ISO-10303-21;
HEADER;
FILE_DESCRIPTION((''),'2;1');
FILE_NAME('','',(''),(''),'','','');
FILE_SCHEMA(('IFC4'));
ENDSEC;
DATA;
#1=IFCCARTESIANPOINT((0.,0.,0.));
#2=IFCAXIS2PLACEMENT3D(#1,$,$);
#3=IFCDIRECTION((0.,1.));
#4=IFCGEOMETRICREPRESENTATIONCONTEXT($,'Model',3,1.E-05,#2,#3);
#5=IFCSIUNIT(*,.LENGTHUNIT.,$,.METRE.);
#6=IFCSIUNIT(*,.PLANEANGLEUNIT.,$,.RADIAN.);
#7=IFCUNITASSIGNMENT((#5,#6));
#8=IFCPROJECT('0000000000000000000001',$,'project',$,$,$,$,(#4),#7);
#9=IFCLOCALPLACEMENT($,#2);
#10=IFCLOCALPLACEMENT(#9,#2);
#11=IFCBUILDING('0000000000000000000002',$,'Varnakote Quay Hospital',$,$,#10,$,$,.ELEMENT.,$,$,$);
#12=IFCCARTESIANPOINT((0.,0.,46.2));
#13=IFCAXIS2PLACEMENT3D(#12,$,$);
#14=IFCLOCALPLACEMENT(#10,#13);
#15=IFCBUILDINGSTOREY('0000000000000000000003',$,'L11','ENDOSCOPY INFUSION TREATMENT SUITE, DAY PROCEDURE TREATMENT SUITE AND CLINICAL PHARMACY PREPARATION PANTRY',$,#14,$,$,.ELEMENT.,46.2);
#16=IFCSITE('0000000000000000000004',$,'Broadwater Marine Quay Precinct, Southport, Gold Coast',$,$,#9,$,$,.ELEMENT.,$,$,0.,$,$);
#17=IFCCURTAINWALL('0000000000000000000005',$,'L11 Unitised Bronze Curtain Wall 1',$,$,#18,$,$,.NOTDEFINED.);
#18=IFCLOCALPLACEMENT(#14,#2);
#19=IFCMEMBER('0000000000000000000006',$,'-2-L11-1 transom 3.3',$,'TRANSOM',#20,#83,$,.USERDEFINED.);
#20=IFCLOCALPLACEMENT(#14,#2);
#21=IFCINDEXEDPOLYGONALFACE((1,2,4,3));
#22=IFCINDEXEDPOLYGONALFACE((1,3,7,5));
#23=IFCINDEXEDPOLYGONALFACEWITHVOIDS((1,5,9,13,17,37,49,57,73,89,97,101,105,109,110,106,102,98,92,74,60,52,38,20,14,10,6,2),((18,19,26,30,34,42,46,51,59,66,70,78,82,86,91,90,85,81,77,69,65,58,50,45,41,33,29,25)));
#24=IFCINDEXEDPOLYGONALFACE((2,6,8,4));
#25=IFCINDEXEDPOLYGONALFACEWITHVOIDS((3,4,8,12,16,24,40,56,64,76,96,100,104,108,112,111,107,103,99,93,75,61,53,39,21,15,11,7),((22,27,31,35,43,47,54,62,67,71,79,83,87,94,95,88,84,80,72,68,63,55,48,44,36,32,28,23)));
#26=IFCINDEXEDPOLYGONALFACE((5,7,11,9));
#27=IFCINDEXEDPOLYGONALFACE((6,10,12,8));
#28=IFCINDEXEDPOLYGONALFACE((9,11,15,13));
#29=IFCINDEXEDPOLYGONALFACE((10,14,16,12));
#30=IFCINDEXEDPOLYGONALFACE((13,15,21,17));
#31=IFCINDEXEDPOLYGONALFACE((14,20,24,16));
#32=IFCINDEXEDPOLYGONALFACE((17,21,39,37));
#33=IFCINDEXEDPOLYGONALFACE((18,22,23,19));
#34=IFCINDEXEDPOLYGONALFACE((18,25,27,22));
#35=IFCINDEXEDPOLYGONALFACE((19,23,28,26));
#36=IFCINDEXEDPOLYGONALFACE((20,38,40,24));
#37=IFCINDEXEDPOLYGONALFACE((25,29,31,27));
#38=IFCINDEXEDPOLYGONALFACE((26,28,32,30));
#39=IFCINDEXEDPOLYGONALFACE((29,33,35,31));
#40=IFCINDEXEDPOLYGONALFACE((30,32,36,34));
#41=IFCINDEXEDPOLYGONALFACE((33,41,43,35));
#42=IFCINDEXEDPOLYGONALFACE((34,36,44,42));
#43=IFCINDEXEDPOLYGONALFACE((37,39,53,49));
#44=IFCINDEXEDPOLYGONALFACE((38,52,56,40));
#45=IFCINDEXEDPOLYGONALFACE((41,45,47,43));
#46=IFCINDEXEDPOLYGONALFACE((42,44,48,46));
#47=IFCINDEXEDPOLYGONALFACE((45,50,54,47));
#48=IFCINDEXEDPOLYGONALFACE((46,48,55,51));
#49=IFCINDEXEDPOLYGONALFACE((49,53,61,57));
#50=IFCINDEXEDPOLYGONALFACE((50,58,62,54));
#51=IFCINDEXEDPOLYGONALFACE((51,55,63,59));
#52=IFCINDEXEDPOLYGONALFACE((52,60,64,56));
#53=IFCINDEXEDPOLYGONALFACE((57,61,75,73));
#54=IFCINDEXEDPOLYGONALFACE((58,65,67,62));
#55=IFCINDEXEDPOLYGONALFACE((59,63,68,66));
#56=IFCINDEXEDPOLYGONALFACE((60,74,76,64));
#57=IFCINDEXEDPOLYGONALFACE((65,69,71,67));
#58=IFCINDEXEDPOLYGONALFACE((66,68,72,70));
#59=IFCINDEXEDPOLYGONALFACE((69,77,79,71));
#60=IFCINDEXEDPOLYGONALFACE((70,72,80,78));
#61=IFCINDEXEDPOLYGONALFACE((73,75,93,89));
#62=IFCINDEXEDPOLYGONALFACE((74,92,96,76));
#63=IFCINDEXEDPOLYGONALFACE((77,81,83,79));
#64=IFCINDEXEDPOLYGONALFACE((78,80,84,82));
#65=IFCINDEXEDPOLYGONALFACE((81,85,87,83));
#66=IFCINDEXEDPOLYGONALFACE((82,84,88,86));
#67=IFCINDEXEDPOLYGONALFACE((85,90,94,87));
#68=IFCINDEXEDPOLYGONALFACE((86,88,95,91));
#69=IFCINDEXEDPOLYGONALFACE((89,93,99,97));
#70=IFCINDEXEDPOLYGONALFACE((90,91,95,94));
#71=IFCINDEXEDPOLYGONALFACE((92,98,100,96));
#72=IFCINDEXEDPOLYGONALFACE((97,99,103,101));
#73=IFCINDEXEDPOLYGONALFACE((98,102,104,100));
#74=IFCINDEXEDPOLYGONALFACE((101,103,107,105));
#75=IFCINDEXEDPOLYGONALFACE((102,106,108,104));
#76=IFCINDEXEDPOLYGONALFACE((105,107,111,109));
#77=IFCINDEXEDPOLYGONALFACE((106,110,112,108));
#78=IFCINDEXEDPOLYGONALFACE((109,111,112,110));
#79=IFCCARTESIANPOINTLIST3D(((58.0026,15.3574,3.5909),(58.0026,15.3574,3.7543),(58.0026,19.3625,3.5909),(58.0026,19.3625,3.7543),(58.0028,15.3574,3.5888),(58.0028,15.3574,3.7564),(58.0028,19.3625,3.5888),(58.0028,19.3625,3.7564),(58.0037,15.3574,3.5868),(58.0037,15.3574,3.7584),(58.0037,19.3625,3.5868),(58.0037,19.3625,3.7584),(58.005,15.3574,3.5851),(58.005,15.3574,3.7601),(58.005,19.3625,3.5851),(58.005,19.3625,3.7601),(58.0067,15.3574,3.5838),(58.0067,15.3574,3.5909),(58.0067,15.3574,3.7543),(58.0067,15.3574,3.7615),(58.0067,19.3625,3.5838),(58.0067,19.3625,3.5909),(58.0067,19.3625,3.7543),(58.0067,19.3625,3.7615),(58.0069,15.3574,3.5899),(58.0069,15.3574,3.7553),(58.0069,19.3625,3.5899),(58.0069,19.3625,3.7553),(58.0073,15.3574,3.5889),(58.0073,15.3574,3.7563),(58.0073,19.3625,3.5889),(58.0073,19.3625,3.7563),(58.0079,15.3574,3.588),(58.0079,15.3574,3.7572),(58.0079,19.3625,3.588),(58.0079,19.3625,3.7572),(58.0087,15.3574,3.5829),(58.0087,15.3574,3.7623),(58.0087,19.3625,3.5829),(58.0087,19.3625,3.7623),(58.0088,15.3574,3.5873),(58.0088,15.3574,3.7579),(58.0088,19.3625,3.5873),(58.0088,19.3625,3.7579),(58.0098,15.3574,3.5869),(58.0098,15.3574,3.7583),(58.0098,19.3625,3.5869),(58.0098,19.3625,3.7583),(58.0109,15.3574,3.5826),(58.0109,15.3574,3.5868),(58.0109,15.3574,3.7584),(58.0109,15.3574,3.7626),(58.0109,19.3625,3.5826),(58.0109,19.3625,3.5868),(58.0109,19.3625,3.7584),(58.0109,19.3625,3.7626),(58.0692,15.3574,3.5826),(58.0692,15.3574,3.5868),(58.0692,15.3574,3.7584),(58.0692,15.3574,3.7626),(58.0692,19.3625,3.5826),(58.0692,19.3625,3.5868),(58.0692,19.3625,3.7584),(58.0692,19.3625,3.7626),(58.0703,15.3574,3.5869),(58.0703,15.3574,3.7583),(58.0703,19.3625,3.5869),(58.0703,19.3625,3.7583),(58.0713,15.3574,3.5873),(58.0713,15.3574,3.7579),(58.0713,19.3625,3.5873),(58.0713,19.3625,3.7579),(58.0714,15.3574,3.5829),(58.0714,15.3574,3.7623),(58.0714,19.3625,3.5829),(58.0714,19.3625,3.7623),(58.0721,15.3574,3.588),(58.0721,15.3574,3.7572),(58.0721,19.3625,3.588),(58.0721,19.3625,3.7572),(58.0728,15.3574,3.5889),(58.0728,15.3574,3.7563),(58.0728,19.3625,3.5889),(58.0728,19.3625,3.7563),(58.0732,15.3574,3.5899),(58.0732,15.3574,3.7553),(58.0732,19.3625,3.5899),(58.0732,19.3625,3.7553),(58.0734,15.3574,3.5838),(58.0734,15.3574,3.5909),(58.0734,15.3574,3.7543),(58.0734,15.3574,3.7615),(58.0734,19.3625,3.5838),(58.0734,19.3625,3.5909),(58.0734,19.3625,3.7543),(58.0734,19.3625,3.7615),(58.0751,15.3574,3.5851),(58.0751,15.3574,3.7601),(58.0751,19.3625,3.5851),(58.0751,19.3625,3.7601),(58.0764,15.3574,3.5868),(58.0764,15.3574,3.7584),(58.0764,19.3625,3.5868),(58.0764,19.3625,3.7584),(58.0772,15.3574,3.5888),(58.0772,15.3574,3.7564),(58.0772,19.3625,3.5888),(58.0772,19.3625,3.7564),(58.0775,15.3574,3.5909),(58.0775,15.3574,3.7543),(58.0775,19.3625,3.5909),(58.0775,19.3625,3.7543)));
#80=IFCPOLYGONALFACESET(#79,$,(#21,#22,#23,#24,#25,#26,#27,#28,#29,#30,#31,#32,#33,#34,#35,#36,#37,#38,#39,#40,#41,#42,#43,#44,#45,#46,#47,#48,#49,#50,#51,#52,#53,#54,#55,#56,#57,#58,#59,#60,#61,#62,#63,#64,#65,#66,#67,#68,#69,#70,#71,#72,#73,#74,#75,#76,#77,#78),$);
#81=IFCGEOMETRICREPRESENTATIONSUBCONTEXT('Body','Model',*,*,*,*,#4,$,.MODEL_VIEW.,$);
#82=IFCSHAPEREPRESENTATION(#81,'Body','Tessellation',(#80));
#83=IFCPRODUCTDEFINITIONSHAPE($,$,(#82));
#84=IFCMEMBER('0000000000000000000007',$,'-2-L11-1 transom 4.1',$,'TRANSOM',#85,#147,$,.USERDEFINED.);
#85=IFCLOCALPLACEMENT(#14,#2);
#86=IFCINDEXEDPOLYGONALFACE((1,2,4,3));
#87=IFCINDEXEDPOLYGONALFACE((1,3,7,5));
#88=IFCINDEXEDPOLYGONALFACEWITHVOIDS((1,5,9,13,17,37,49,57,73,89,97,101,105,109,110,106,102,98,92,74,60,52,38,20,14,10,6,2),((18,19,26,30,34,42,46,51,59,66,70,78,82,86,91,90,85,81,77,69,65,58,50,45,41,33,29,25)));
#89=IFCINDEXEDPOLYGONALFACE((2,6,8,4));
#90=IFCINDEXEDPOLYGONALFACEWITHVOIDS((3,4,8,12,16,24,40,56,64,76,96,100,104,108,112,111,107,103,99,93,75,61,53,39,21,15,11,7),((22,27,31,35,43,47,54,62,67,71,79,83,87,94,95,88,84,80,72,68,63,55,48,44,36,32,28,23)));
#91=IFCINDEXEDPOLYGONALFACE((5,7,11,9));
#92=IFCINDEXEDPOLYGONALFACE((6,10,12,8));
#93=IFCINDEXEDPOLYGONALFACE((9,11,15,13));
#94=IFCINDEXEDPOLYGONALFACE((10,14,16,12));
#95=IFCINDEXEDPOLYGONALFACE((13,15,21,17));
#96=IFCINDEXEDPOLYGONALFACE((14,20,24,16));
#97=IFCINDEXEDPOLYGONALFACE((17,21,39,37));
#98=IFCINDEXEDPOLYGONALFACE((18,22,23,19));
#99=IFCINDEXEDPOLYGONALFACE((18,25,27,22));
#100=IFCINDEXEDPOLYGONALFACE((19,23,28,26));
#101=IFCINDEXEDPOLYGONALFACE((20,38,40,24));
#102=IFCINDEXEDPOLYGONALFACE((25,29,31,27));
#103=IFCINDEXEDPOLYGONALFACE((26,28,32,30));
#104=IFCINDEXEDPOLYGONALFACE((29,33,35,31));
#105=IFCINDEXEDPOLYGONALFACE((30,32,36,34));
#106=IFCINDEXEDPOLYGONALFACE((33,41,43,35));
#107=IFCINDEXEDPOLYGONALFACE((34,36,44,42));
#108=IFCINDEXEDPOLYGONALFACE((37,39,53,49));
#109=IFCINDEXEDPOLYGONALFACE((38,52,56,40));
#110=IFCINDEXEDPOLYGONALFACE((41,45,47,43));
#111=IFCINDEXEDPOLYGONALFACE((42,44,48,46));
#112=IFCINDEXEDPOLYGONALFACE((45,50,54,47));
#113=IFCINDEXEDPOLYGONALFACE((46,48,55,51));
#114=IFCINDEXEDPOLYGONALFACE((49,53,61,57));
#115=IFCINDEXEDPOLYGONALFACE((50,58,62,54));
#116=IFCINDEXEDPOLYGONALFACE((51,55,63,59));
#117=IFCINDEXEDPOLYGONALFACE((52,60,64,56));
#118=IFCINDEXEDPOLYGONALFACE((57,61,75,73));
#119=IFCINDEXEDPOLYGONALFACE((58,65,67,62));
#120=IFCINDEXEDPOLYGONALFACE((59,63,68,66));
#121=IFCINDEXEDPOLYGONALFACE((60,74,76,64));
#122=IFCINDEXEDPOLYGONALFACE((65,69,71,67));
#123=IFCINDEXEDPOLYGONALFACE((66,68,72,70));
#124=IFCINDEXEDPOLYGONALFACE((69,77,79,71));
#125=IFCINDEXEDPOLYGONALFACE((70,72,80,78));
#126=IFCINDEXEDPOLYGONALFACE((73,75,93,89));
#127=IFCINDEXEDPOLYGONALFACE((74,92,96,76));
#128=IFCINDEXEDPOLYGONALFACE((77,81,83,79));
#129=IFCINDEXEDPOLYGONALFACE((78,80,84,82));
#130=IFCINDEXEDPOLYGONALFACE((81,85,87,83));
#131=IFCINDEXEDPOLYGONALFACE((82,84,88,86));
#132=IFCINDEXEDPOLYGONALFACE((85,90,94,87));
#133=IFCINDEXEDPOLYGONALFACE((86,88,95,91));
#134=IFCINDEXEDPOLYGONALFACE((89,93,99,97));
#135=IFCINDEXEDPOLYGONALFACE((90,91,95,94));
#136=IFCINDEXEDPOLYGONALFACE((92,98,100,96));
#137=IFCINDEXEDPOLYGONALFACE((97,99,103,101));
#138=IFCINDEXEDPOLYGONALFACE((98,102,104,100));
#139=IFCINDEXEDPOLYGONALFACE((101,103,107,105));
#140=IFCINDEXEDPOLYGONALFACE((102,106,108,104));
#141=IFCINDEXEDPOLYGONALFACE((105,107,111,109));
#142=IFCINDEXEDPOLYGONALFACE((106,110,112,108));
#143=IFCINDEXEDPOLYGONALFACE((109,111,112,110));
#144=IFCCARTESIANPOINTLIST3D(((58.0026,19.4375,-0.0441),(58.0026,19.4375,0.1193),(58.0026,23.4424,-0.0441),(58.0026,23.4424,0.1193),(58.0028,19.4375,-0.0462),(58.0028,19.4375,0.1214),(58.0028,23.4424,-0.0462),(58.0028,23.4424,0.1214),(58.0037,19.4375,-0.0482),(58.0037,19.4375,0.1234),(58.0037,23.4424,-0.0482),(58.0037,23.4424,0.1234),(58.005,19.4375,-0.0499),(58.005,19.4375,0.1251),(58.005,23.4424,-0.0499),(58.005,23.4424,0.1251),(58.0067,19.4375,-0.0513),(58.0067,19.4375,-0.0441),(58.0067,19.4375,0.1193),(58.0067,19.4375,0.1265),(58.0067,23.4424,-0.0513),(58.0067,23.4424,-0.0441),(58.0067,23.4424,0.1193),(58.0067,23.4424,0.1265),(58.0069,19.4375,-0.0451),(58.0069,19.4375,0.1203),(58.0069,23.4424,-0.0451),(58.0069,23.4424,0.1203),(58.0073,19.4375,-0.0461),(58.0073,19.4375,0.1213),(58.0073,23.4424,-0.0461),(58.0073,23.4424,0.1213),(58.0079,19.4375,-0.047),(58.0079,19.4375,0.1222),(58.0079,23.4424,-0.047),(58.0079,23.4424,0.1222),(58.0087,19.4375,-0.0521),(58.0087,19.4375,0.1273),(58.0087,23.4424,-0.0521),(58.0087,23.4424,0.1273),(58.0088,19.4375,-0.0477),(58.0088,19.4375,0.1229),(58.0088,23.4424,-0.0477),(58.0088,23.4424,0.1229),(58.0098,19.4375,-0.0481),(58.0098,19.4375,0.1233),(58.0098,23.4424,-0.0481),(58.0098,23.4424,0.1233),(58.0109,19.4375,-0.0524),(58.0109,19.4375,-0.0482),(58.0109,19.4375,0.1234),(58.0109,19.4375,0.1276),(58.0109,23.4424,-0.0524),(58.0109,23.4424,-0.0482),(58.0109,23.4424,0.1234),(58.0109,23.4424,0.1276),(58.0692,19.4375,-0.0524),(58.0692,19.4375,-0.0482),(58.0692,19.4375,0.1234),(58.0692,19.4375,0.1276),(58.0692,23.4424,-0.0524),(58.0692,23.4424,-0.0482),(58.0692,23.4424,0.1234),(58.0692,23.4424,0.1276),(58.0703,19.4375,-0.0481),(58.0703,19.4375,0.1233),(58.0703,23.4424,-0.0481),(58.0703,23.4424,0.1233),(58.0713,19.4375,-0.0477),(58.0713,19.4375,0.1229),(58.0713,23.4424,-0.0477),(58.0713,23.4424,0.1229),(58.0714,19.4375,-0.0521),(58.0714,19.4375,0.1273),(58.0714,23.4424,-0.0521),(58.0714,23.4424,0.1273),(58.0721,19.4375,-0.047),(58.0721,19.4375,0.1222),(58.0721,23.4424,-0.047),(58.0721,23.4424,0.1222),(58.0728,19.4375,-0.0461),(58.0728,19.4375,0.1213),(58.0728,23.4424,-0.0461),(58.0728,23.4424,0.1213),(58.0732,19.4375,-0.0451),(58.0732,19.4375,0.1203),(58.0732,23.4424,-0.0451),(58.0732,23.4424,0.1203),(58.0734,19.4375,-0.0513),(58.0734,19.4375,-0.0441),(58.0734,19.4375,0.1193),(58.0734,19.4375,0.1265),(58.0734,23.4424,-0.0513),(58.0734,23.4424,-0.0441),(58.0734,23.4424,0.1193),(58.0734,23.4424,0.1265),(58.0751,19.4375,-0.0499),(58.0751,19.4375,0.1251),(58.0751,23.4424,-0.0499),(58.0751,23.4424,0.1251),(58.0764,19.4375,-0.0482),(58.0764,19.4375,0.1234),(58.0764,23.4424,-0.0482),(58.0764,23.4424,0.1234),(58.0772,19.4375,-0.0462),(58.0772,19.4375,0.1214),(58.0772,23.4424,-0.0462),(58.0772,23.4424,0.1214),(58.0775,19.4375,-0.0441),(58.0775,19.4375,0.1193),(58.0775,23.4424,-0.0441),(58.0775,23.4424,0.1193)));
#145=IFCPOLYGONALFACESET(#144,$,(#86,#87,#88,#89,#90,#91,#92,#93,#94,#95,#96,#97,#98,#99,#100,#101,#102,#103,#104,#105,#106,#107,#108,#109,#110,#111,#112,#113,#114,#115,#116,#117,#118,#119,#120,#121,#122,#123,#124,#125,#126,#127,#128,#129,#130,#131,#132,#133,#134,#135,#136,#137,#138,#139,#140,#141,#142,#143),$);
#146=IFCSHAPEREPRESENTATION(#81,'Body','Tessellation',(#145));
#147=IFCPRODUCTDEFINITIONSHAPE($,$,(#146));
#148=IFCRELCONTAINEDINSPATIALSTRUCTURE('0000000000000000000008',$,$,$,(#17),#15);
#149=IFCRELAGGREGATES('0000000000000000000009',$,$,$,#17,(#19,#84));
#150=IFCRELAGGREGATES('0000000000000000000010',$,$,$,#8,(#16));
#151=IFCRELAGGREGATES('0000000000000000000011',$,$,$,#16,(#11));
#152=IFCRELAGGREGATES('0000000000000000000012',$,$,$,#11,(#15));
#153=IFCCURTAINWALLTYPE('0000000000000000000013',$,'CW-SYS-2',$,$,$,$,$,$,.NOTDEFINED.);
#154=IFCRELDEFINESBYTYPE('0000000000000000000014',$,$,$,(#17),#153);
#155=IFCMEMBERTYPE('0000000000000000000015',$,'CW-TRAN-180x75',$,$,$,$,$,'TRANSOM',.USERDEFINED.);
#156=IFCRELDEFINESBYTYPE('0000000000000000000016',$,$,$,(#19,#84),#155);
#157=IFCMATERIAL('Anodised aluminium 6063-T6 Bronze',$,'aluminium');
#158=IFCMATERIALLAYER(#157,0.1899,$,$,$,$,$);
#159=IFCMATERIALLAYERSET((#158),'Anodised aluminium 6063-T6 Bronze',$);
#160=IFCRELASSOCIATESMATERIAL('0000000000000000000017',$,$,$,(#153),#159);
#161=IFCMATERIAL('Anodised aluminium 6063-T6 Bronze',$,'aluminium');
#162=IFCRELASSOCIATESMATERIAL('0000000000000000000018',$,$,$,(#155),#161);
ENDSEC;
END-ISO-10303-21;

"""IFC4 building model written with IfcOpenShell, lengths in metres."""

from ifc_helpers import new_model, si_unit, direction, frame, origin, origin_2d, place, context, subcontext, project, spatial, hollow_rectangle, extrude, material, layer, layer_set, material_profile, profile_set, type_object, element, aggregate, save


model = new_model("IFC4")

# Units and contexts
model_context = context("Model", 3, precision=1e-05, world=origin(), true_north=direction((0.0, 1.0)))
body_context = subcontext(model_context, "Body", "Model", "MODEL_VIEW")
ifc_project = project(units=[si_unit("LENGTHUNIT", "METRE"), si_unit("PLANEANGLEUNIT", "RADIAN")], contexts=[model_context])

# Site, building, storey
site_placement = place(None, origin())
site = spatial("IfcSite", under=ifc_project, at=site_placement, Name="Broadwater Marine Quay Precinct, Southport, Gold Coast", CompositionType="ELEMENT", RefElevation=0.0)
building_placement = place(site_placement, origin())
building = spatial("IfcBuilding", under=site, at=building_placement, Name="Varnakote Quay Hospital", CompositionType="ELEMENT")
storey_placement = place(building_placement, frame((0.0, 0.0, 46.2)))
storey = spatial("IfcBuildingStorey", under=building, at=storey_placement, Name="L11", Description="ENDOSCOPY INFUSION TREATMENT SUITE, DAY PROCEDURE TREATMENT SUITE AND CLINICAL PHARMACY PREPARATION PANTRY", CompositionType="ELEMENT", Elevation=46.2)

# Curtain wall, members
ifc_material_1 = material(Name="Anodised aluminium 6063-T6 Bronze", Category="aluminium")
ifc_layer_1 = layer(ifc_material_1, 0.1899)
ifc_layer_set_1 = layer_set([ifc_layer_1], Name="Anodised aluminium 6063-T6 Bronze")
curtain_wall_type = type_object("IfcCurtainWallType", Name="CW-SYS-2", PredefinedType="NOTDEFINED", material=ifc_layer_set_1)
curtain_wall_placement = place(storey_placement, origin())
curtain_wall = element("IfcCurtainWall", 1, at=curtain_wall_placement, inside=storey, type_object=curtain_wall_type, Name="L11 Unitised Bronze Curtain Wall 1", PredefinedType="NOTDEFINED")
ifc_material_2 = material(Name="Anodised aluminium 6063-T6 Bronze", Category="aluminium")
ifc_material_profile_1 = material_profile(ifc_material_2, hollow_rectangle(XDim=0.075, YDim=0.1799, WallThickness=0.0042, InnerFilletRadius=0.0042, OuterFilletRadius=0.0083, at=origin_2d()), Name="CW-TRAN-180x75")
ifc_profile_set_1 = profile_set([ifc_material_profile_1], Name="Anodised aluminium 6063-T6 Bronze")
member_type_1 = type_object("IfcMemberType", Name="CW-TRAN-180x75", ElementType="TRANSOM", PredefinedType="USERDEFINED", material=ifc_profile_set_1)
member_1_placement = place(storey_placement, frame((58.04, 15.3574, 3.6726), z_axis=(0.0, 1.0, 0.0), x_axis=(-1.0, 0.0, 0.0)))
member_1 = element("IfcMember", 2, at=member_1_placement, type_object=member_type_1, Name="-2-L11-1 transom 3.3", ObjectType="TRANSOM", PredefinedType="USERDEFINED", context=body_context, shape_type="SweptSolid", body=[
    extrude(hollow_rectangle(XDim=0.075, YDim=0.1799, WallThickness=0.0042, InnerFilletRadius=0.0042, OuterFilletRadius=0.0083, at=origin_2d()), origin(), (0.0, 0.0, 1.0), 4.0051),
])
member_2_placement = place(storey_placement, frame((58.04, 19.4375, 0.0376), z_axis=(0.0, 1.0, 0.0), x_axis=(-1.0, 0.0, 0.0)))
member_2 = element("IfcMember", 3, at=member_2_placement, type_object=member_type_1, Name="-2-L11-1 transom 4.1", ObjectType="TRANSOM", PredefinedType="USERDEFINED", context=body_context, shape_type="SweptSolid", body=[
    extrude(hollow_rectangle(XDim=0.075, YDim=0.1799, WallThickness=0.0042, InnerFilletRadius=0.0042, OuterFilletRadius=0.0083, at=origin_2d()), origin(), (0.0, 0.0, 1.0), 4.0049),
])
aggregate(curtain_wall, [member_1, member_2])

save(model, "model.ifc")
